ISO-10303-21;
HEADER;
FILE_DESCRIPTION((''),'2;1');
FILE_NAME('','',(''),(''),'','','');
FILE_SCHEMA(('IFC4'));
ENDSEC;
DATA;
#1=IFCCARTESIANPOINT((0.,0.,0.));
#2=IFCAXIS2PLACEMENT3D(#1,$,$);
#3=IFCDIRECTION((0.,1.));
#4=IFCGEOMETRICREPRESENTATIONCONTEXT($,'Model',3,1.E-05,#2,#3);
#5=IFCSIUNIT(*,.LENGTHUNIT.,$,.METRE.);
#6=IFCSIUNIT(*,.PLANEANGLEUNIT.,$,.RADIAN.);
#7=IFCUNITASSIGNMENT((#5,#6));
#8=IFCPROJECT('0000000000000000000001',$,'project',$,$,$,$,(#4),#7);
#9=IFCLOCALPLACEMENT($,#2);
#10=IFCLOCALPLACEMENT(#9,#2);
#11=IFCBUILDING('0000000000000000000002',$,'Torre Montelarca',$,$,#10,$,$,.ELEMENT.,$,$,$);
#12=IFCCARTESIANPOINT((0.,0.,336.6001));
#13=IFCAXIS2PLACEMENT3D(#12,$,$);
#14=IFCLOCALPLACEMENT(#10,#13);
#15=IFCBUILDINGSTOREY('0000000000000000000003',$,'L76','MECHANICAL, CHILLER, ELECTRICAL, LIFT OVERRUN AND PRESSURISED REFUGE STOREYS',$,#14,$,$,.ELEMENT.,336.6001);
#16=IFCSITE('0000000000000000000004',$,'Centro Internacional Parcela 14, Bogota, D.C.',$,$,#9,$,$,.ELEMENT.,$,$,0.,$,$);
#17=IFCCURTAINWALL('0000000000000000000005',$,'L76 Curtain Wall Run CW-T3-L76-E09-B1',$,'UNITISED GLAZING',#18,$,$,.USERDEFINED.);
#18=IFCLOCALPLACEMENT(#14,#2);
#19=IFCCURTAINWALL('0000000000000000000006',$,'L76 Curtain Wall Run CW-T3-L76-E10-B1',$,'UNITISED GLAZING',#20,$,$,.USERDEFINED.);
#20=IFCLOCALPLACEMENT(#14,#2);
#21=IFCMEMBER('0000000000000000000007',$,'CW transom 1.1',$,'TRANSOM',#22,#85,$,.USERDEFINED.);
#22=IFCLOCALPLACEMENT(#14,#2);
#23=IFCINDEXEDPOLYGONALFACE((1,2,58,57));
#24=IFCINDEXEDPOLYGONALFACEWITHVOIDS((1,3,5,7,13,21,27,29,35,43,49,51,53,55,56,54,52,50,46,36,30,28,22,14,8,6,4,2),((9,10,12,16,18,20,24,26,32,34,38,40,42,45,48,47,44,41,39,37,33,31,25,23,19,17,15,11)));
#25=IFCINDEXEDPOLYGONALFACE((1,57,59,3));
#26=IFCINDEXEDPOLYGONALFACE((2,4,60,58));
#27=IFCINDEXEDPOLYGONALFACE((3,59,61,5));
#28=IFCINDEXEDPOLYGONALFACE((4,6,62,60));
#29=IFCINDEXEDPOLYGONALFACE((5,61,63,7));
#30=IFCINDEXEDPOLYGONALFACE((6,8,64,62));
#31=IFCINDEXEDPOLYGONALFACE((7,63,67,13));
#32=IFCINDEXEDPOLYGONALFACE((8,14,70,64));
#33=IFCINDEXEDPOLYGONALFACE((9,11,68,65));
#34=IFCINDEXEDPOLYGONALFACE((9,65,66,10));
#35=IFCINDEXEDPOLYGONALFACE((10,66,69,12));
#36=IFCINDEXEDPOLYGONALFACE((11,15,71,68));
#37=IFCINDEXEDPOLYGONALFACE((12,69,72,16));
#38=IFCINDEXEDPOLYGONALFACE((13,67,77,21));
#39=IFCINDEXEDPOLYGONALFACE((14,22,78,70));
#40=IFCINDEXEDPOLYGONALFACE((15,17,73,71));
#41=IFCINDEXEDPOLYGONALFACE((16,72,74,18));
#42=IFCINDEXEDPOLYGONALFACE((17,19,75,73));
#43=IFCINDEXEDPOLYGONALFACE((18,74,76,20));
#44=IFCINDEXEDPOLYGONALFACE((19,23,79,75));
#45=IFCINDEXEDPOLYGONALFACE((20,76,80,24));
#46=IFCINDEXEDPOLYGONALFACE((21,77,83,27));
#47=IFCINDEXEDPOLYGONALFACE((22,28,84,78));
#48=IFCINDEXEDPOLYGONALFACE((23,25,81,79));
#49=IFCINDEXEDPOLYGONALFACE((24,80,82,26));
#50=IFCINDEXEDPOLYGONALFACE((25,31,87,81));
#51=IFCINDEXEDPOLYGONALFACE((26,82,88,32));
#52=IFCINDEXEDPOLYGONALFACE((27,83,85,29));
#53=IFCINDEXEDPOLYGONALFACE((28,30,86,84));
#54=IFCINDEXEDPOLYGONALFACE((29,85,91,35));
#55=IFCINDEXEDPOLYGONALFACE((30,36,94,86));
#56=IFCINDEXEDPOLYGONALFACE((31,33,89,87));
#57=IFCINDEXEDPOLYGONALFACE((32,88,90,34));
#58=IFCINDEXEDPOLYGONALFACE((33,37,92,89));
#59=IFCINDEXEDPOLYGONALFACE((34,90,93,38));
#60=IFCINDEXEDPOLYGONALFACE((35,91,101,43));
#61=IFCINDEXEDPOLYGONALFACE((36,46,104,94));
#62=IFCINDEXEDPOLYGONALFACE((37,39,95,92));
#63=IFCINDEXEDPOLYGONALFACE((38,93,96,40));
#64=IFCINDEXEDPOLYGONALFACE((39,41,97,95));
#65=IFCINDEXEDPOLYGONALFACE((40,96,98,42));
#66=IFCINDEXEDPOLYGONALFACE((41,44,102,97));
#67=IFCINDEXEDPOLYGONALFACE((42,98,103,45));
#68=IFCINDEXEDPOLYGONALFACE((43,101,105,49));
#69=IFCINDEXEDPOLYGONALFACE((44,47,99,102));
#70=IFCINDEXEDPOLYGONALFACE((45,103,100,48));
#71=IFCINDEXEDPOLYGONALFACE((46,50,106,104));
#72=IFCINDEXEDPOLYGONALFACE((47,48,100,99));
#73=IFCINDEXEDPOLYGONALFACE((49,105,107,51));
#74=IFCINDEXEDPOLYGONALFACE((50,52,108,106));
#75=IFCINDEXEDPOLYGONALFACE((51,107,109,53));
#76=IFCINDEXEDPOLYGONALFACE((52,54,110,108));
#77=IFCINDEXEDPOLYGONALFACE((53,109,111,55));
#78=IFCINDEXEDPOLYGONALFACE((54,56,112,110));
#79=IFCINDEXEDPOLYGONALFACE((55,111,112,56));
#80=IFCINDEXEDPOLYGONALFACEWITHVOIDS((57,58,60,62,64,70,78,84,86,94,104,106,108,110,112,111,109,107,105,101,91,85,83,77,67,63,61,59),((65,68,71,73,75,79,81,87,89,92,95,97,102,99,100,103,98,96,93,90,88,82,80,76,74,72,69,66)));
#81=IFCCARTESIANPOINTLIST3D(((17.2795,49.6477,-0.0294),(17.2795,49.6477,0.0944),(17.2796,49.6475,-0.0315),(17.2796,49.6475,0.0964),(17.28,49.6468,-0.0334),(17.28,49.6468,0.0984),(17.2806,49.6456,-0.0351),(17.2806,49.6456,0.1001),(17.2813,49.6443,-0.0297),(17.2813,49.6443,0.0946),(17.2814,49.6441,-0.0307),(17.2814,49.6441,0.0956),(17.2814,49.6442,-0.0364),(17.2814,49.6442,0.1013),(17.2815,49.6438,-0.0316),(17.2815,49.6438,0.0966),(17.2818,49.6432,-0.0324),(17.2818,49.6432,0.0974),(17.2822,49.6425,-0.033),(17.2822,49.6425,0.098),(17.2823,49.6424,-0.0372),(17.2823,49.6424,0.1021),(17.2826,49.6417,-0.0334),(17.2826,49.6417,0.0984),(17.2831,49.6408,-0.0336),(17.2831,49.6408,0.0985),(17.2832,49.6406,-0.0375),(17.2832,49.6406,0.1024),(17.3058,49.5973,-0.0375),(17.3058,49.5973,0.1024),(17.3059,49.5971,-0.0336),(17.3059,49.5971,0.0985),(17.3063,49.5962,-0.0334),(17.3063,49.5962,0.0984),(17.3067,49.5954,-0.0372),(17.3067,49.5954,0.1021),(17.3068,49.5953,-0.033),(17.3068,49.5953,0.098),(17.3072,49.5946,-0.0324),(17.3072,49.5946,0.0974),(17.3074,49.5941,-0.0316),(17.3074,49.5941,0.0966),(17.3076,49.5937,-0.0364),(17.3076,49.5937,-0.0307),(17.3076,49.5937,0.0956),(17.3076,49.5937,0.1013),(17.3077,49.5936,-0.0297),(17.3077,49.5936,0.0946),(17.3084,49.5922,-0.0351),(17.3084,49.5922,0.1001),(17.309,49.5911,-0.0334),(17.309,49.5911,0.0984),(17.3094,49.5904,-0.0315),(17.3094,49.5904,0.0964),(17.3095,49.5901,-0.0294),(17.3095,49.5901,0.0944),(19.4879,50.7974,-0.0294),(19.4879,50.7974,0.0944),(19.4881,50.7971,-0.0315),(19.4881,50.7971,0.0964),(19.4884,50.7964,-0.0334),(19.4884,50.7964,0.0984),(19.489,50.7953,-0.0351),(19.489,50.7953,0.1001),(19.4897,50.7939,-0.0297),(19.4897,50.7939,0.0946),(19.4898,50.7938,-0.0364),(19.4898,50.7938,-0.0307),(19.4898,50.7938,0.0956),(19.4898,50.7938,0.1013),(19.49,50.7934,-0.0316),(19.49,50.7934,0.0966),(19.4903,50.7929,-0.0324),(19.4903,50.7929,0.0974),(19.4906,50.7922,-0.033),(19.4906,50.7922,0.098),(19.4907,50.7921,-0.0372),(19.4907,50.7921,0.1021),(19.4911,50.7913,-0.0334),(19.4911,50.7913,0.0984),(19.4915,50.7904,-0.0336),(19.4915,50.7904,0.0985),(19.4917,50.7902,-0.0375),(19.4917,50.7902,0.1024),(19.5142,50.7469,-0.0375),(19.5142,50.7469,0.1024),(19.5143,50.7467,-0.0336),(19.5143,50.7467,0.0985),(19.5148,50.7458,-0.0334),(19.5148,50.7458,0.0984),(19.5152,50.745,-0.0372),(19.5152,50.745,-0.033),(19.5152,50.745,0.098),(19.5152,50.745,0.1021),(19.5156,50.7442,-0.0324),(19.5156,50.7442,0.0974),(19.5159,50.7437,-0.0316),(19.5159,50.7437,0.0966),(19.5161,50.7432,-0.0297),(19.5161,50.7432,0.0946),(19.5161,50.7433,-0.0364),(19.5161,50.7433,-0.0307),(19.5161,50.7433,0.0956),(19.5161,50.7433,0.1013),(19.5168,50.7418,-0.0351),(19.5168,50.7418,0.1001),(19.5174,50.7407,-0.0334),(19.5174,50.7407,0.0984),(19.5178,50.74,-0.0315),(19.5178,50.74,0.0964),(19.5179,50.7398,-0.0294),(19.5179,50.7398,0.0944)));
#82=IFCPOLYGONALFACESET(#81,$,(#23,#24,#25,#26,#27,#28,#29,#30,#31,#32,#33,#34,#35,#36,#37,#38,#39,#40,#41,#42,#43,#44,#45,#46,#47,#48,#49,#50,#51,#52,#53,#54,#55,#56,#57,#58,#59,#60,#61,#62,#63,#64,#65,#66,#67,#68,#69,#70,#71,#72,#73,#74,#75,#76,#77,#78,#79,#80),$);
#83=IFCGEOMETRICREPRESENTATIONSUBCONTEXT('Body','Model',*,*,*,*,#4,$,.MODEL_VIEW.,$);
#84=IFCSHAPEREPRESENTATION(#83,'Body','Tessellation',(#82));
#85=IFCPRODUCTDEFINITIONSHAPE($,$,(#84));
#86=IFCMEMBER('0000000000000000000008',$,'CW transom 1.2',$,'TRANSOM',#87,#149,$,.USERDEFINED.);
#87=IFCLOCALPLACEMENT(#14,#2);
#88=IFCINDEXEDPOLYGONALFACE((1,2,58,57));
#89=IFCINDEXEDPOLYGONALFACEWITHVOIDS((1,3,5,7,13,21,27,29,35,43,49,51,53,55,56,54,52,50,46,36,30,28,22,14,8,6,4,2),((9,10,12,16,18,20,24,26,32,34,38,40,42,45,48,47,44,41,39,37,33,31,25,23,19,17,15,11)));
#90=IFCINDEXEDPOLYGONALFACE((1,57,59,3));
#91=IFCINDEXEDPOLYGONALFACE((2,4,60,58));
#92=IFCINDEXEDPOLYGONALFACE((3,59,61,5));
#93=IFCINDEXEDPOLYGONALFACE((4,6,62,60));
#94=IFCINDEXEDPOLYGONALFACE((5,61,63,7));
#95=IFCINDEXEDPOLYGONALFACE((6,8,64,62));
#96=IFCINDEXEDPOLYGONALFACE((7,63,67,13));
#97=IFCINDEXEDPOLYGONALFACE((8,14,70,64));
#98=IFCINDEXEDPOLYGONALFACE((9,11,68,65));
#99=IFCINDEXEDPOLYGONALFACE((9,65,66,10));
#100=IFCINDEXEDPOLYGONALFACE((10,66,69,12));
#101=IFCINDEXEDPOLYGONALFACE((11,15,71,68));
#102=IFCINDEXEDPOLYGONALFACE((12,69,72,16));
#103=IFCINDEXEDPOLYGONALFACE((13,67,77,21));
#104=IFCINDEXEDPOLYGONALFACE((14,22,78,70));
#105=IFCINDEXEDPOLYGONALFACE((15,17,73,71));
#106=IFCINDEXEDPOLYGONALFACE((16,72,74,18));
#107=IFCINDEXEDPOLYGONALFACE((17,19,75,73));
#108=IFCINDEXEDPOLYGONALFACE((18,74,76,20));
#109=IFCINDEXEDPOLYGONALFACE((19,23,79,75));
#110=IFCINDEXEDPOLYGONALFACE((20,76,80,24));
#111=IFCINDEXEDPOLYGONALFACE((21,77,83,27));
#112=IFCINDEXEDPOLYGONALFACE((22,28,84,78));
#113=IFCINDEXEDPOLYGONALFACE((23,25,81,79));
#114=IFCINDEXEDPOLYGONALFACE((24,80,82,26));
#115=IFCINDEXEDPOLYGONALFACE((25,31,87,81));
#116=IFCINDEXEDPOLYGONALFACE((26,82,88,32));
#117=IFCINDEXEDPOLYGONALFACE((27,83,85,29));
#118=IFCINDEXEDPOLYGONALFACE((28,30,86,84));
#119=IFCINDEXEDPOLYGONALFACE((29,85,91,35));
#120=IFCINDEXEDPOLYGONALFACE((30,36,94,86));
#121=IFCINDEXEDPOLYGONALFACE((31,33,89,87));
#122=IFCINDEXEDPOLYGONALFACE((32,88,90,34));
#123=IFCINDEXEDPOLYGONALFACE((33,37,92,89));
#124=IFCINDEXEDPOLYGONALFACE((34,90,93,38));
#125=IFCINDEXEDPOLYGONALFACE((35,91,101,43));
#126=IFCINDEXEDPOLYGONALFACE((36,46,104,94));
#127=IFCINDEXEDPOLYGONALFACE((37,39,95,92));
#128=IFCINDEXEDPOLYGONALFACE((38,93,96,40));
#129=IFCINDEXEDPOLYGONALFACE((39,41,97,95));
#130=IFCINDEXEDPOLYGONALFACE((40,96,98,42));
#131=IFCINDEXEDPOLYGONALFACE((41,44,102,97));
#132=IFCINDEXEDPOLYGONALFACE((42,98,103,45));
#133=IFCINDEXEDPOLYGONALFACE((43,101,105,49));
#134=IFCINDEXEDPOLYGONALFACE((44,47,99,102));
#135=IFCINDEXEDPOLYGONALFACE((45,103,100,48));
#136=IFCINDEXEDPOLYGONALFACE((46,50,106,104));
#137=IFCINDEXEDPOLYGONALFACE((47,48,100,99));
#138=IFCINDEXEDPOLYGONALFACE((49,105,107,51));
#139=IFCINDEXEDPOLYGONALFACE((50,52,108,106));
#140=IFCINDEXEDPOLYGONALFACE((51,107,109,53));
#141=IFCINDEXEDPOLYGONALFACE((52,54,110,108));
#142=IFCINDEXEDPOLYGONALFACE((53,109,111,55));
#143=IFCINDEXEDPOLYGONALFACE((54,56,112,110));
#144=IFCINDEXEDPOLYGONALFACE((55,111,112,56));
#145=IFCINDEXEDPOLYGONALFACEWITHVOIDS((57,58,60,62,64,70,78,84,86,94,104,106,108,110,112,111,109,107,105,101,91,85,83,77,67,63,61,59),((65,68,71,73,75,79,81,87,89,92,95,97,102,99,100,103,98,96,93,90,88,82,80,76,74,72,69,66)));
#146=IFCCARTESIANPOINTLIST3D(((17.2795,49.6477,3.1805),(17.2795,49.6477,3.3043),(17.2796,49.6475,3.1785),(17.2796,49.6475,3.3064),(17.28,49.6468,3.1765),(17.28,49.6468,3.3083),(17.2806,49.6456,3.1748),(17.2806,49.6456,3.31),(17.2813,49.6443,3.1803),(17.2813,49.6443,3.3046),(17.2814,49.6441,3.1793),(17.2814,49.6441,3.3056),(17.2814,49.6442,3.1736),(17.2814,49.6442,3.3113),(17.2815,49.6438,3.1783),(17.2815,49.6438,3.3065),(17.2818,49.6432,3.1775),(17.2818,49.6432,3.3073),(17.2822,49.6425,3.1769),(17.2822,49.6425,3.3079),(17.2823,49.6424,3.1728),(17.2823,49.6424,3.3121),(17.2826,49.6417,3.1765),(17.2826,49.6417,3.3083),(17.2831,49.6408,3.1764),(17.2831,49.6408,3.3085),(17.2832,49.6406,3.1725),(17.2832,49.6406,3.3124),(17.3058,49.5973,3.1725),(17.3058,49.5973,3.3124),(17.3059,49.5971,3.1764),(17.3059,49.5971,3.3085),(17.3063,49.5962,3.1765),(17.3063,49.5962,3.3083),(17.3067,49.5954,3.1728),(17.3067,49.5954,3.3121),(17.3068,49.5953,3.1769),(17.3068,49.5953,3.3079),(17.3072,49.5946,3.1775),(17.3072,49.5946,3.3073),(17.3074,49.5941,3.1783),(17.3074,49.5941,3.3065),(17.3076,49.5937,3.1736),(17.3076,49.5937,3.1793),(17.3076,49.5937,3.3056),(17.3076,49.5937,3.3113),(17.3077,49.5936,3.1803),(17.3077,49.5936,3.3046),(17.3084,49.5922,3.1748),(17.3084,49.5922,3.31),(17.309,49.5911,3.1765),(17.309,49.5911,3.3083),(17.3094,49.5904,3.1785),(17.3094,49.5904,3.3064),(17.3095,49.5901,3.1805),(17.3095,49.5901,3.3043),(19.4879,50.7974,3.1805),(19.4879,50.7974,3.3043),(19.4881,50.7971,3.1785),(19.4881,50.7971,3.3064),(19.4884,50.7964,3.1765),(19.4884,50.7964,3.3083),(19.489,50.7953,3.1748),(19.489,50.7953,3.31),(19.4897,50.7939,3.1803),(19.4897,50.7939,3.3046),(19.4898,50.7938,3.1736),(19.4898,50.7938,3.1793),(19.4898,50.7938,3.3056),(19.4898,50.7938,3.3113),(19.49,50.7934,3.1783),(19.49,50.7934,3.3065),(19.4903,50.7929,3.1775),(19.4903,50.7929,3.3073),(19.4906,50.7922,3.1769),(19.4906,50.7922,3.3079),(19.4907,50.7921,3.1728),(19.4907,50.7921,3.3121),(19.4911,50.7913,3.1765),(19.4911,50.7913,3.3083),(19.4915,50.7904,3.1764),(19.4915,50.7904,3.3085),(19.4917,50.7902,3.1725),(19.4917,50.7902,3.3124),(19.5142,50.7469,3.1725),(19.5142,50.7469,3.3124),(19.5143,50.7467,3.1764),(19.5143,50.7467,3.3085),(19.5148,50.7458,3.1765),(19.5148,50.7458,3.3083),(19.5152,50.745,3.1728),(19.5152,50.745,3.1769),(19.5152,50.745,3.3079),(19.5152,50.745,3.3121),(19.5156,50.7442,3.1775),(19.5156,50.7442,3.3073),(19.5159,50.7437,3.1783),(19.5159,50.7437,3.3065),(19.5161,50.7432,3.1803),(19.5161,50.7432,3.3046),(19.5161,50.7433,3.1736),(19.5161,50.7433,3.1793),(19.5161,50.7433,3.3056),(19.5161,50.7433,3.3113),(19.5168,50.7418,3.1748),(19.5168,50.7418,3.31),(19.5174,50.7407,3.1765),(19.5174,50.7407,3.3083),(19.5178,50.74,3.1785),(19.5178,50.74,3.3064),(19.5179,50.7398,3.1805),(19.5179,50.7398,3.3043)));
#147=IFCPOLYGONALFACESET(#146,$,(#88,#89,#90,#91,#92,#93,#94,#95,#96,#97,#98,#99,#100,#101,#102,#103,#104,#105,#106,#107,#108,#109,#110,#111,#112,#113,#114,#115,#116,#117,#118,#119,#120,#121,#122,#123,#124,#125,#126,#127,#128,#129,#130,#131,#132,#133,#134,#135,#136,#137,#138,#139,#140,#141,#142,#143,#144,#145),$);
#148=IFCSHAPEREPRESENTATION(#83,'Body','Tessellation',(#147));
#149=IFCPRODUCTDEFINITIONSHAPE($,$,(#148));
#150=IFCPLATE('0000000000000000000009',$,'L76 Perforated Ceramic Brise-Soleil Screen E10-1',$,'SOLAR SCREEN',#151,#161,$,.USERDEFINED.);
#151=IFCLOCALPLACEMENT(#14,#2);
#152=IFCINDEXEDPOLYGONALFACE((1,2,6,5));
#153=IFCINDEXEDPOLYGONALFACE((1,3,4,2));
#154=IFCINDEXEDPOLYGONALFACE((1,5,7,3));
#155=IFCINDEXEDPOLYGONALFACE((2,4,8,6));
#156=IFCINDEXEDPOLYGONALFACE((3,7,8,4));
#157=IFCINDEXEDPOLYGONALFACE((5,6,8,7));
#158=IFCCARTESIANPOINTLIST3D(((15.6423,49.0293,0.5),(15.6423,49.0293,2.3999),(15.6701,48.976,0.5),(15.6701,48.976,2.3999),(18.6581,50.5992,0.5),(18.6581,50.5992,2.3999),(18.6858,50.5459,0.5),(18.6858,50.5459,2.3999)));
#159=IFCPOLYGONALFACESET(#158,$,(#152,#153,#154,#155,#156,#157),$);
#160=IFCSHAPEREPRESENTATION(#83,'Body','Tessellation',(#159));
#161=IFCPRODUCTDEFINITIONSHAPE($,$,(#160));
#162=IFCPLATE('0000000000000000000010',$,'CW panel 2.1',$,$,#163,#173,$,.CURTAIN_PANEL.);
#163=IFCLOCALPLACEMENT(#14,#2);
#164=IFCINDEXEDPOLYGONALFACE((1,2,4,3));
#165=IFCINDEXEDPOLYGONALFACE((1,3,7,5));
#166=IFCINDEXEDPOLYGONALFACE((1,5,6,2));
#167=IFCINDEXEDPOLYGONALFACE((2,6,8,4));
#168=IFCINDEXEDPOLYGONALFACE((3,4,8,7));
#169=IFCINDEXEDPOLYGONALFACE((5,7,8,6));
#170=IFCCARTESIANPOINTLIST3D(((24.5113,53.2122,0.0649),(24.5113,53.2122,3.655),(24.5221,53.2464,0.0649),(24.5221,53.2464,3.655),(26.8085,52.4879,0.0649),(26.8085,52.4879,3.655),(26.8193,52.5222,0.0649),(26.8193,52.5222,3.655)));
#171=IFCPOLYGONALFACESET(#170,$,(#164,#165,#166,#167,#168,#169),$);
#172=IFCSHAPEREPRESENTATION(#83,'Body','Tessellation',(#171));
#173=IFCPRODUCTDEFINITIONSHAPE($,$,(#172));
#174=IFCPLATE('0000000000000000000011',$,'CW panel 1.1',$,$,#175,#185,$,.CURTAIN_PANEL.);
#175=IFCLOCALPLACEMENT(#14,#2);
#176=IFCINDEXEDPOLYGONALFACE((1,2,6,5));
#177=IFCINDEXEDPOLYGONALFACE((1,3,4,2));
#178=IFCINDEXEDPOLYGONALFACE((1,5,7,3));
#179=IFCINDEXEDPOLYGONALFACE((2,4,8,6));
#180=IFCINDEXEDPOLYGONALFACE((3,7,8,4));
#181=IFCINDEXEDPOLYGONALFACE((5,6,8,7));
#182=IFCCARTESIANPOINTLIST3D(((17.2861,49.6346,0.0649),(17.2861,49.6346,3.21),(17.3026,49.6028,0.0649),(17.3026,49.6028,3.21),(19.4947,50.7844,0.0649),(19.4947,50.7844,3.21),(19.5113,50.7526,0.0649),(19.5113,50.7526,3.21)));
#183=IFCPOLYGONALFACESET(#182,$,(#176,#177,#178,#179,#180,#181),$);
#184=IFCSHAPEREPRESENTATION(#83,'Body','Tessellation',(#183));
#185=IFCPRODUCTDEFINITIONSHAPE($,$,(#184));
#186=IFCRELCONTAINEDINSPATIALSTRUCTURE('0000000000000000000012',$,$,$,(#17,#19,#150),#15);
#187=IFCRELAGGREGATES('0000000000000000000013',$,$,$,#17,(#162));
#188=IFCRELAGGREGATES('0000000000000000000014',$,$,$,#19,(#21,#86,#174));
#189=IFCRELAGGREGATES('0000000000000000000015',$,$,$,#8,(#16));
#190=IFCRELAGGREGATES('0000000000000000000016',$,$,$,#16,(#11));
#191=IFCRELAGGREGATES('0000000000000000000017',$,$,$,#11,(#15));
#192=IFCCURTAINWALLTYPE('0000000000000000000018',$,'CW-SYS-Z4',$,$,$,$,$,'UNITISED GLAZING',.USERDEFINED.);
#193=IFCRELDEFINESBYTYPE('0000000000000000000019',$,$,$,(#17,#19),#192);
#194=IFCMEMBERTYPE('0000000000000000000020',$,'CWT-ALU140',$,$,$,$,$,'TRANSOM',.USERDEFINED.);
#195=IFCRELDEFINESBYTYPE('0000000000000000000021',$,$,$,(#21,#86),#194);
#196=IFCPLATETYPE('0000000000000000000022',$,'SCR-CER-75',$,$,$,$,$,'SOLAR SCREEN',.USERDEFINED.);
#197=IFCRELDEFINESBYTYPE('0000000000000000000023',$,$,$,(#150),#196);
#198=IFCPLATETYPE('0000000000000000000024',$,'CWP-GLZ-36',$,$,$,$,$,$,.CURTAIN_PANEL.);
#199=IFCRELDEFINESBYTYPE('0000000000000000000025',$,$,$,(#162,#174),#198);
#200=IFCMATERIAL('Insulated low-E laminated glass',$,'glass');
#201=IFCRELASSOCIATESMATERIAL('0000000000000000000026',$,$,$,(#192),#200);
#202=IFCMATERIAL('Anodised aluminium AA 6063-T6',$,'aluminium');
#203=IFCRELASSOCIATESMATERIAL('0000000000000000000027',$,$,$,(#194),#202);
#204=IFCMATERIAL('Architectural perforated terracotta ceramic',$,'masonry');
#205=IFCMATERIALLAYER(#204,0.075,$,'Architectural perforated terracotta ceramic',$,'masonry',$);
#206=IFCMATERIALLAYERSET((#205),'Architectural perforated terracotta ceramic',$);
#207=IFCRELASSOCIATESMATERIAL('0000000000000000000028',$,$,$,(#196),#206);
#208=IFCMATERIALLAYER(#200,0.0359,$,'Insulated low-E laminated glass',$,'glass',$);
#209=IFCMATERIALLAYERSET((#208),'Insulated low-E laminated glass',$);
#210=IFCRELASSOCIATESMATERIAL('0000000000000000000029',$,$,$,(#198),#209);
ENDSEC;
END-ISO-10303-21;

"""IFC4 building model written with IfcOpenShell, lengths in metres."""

from ifc_helpers import new_model, si_unit, direction, frame, origin, origin_2d, place, context, subcontext, project, spatial, rectangle, hollow_rectangle, extrude, source, transform, mapped, material, layer, layer_set, material_profile, profile_set, type_object, element, aggregate, save


model = new_model("IFC4")

# Units and contexts
model_context = context("Model", 3, precision=1e-05, world=origin(), true_north=direction((0.0, 1.0)))
body_context = subcontext(model_context, "Body", "Model", "MODEL_VIEW")
ifc_project = project(units=[si_unit("LENGTHUNIT", "METRE"), si_unit("PLANEANGLEUNIT", "RADIAN")], contexts=[model_context])

# Site, building, storey
site_placement = place(None, origin())
site = spatial("IfcSite", under=ifc_project, at=site_placement, Name="Centro Internacional Parcela 14, Bogota, D.C.", CompositionType="ELEMENT", RefElevation=0.0)
building_placement = place(site_placement, origin())
building = spatial("IfcBuilding", under=site, at=building_placement, Name="Torre Montelarca", CompositionType="ELEMENT")
storey_placement = place(building_placement, frame((0.0, 0.0, 336.6001)))
storey = spatial("IfcBuildingStorey", under=building, at=storey_placement, Name="L76", Description="MECHANICAL, CHILLER, ELECTRICAL, LIFT OVERRUN AND PRESSURISED REFUGE STOREYS", CompositionType="ELEMENT", Elevation=336.6001)

# Curtain walls, members
ifc_material_1 = material(Name="Insulated low-E laminated glass", Category="glass")
curtain_wall_type = type_object("IfcCurtainWallType", Name="CW-SYS-Z4", ElementType="UNITISED GLAZING", PredefinedType="USERDEFINED", material=ifc_material_1)
curtain_wall_1_placement = place(storey_placement, origin())
curtain_wall_1 = element("IfcCurtainWall", 1, at=curtain_wall_1_placement, inside=storey, type_object=curtain_wall_type, Name="L76 Curtain Wall Run CW-T3-L76-E09-B1", ObjectType="UNITISED GLAZING", PredefinedType="USERDEFINED")
ifc_material_2 = material(Name="Anodised aluminium AA 6063-T6", Category="aluminium")
ifc_material_profile_1 = material_profile(ifc_material_2, hollow_rectangle(XDim=0.0649, YDim=0.1399, WallThickness=0.0039, InnerFilletRadius=0.0039, OuterFilletRadius=0.0081, at=origin_2d()), Name="ALU65X140X4", Category="aluminium")
ifc_profile_set_1 = profile_set([ifc_material_profile_1], Name="Anodised aluminium AA 6063-T6")
member_type_1 = type_object("IfcMemberType", Name="CWT-ALU140", ElementType="TRANSOM", PredefinedType="USERDEFINED", material=ifc_profile_set_1)
curtain_wall_2_placement = place(storey_placement, origin())
curtain_wall_2 = element("IfcCurtainWall", 2, at=curtain_wall_2_placement, inside=storey, type_object=curtain_wall_type, Name="L76 Curtain Wall Run CW-T3-L76-E10-B1", ObjectType="UNITISED GLAZING", PredefinedType="USERDEFINED")
shared_shape_1 = source(origin(), body_context, "Body", "SweptSolid", [
    extrude(hollow_rectangle(XDim=0.0649, YDim=0.1399, WallThickness=0.0039, InnerFilletRadius=0.0039, OuterFilletRadius=0.0081, at=origin_2d()), origin(), (0.0, 0.0, 1.0), 2.4897),
])
member_1_placement = place(storey_placement, frame((19.5029, 50.7686, 0.0325), z_axis=(-0.887013, -0.461745, 0.0), x_axis=(0.461745, -0.887013, 0.0)))
member_1 = element("IfcMember", 3, at=member_1_placement, type_object=member_type_1, Name="CW transom 1.1", ObjectType="TRANSOM", PredefinedType="USERDEFINED", context=body_context, shape_type="MappedRepresentation", body=[
    mapped(shared_shape_1, transform((0.0, 0.0, 0.0), scale=1.0)),
])
member_2_placement = place(storey_placement, frame((19.5029, 50.7686, 3.2424), z_axis=(-0.887013, -0.461745, 0.0), x_axis=(0.461745, -0.887013, 0.0)))
member_2 = element("IfcMember", 4, at=member_2_placement, type_object=member_type_1, Name="CW transom 1.2", ObjectType="TRANSOM", PredefinedType="USERDEFINED", context=body_context, shape_type="MappedRepresentation", body=[
    mapped(shared_shape_1, transform((0.0, 0.0, 0.0), scale=1.0)),
])

# Plates
ifc_material_3 = material(Name="Architectural perforated terracotta ceramic", Category="masonry")
ifc_layer_1 = layer(ifc_material_3, 0.075, Name="Architectural perforated terracotta ceramic", Category="masonry")
ifc_layer_set_1 = layer_set([ifc_layer_1], Name="Architectural perforated terracotta ceramic")
plate_type_1 = type_object("IfcPlateType", Name="SCR-CER-75", ElementType="SOLAR SCREEN", PredefinedType="USERDEFINED", material=ifc_layer_set_1)
shared_shape_2 = source(origin(), body_context, "Body", "SweptSolid", [
    extrude(rectangle(XDim=3.3999, YDim=0.0601, at=origin_2d()), origin(), (0.0, 0.0, 1.0), 1.8999),
])
plate_1_placement = place(storey_placement, frame((17.1641, 49.7876, 0.5), z_axis=(0.0, 0.0, 1.0), x_axis=(-0.88701, -0.46175, 0.0)))
element("IfcPlate", 5, at=plate_1_placement, inside=storey, type_object=plate_type_1, Name="L76 Perforated Ceramic Brise-Soleil Screen E10-1", ObjectType="SOLAR SCREEN", PredefinedType="USERDEFINED", context=body_context, shape_type="MappedRepresentation", body=[
    mapped(shared_shape_2, transform((0.0, 0.0, 0.0), scale=1.0)),
])
ifc_layer_2 = layer(ifc_material_1, 0.0359, Name="Insulated low-E laminated glass", Category="glass")
ifc_layer_set_2 = layer_set([ifc_layer_2], Name="Insulated low-E laminated glass")
plate_type_2 = type_object("IfcPlateType", Name="CWP-GLZ-36", PredefinedType="CURTAIN_PANEL", material=ifc_layer_set_2)
shared_shape_3 = source(origin(), body_context, "Body", "SweptSolid", [
    extrude(rectangle(XDim=2.4087, YDim=0.0359, at=origin_2d()), origin(), (0.0, 0.0, 1.0), 3.5901),
])
plate_2_placement = place(storey_placement, frame((25.6653, 52.8672, 0.0649), z_axis=(0.0, 0.0, 1.0), x_axis=(-0.953721, 0.300693, 0.0)))
plate_2 = element("IfcPlate", 6, at=plate_2_placement, type_object=plate_type_2, Name="CW panel 2.1", PredefinedType="CURTAIN_PANEL", context=body_context, shape_type="MappedRepresentation", body=[
    mapped(shared_shape_3, transform((0.0, 0.0, 0.0), scale=1.0)),
])
aggregate(curtain_wall_1, [plate_2])
shared_shape_4 = source(origin(), body_context, "Body", "SweptSolid", [
    extrude(rectangle(XDim=2.49, YDim=0.0359, at=origin_2d()), origin(), (0.0, 0.0, 1.0), 3.145),
])
plate_3_placement = place(storey_placement, frame((18.3987, 50.1936, 0.0649), z_axis=(0.0, 0.0, 1.0), x_axis=(-0.887007, -0.461756, 0.0)))
plate_3 = element("IfcPlate", 7, at=plate_3_placement, type_object=plate_type_2, Name="CW panel 1.1", PredefinedType="CURTAIN_PANEL", context=body_context, shape_type="MappedRepresentation", body=[
    mapped(shared_shape_4, transform((0.0, 0.0, 0.0), scale=1.0)),
])
aggregate(curtain_wall_2, [member_1, member_2, plate_3])

save(model, "model.ifc")
